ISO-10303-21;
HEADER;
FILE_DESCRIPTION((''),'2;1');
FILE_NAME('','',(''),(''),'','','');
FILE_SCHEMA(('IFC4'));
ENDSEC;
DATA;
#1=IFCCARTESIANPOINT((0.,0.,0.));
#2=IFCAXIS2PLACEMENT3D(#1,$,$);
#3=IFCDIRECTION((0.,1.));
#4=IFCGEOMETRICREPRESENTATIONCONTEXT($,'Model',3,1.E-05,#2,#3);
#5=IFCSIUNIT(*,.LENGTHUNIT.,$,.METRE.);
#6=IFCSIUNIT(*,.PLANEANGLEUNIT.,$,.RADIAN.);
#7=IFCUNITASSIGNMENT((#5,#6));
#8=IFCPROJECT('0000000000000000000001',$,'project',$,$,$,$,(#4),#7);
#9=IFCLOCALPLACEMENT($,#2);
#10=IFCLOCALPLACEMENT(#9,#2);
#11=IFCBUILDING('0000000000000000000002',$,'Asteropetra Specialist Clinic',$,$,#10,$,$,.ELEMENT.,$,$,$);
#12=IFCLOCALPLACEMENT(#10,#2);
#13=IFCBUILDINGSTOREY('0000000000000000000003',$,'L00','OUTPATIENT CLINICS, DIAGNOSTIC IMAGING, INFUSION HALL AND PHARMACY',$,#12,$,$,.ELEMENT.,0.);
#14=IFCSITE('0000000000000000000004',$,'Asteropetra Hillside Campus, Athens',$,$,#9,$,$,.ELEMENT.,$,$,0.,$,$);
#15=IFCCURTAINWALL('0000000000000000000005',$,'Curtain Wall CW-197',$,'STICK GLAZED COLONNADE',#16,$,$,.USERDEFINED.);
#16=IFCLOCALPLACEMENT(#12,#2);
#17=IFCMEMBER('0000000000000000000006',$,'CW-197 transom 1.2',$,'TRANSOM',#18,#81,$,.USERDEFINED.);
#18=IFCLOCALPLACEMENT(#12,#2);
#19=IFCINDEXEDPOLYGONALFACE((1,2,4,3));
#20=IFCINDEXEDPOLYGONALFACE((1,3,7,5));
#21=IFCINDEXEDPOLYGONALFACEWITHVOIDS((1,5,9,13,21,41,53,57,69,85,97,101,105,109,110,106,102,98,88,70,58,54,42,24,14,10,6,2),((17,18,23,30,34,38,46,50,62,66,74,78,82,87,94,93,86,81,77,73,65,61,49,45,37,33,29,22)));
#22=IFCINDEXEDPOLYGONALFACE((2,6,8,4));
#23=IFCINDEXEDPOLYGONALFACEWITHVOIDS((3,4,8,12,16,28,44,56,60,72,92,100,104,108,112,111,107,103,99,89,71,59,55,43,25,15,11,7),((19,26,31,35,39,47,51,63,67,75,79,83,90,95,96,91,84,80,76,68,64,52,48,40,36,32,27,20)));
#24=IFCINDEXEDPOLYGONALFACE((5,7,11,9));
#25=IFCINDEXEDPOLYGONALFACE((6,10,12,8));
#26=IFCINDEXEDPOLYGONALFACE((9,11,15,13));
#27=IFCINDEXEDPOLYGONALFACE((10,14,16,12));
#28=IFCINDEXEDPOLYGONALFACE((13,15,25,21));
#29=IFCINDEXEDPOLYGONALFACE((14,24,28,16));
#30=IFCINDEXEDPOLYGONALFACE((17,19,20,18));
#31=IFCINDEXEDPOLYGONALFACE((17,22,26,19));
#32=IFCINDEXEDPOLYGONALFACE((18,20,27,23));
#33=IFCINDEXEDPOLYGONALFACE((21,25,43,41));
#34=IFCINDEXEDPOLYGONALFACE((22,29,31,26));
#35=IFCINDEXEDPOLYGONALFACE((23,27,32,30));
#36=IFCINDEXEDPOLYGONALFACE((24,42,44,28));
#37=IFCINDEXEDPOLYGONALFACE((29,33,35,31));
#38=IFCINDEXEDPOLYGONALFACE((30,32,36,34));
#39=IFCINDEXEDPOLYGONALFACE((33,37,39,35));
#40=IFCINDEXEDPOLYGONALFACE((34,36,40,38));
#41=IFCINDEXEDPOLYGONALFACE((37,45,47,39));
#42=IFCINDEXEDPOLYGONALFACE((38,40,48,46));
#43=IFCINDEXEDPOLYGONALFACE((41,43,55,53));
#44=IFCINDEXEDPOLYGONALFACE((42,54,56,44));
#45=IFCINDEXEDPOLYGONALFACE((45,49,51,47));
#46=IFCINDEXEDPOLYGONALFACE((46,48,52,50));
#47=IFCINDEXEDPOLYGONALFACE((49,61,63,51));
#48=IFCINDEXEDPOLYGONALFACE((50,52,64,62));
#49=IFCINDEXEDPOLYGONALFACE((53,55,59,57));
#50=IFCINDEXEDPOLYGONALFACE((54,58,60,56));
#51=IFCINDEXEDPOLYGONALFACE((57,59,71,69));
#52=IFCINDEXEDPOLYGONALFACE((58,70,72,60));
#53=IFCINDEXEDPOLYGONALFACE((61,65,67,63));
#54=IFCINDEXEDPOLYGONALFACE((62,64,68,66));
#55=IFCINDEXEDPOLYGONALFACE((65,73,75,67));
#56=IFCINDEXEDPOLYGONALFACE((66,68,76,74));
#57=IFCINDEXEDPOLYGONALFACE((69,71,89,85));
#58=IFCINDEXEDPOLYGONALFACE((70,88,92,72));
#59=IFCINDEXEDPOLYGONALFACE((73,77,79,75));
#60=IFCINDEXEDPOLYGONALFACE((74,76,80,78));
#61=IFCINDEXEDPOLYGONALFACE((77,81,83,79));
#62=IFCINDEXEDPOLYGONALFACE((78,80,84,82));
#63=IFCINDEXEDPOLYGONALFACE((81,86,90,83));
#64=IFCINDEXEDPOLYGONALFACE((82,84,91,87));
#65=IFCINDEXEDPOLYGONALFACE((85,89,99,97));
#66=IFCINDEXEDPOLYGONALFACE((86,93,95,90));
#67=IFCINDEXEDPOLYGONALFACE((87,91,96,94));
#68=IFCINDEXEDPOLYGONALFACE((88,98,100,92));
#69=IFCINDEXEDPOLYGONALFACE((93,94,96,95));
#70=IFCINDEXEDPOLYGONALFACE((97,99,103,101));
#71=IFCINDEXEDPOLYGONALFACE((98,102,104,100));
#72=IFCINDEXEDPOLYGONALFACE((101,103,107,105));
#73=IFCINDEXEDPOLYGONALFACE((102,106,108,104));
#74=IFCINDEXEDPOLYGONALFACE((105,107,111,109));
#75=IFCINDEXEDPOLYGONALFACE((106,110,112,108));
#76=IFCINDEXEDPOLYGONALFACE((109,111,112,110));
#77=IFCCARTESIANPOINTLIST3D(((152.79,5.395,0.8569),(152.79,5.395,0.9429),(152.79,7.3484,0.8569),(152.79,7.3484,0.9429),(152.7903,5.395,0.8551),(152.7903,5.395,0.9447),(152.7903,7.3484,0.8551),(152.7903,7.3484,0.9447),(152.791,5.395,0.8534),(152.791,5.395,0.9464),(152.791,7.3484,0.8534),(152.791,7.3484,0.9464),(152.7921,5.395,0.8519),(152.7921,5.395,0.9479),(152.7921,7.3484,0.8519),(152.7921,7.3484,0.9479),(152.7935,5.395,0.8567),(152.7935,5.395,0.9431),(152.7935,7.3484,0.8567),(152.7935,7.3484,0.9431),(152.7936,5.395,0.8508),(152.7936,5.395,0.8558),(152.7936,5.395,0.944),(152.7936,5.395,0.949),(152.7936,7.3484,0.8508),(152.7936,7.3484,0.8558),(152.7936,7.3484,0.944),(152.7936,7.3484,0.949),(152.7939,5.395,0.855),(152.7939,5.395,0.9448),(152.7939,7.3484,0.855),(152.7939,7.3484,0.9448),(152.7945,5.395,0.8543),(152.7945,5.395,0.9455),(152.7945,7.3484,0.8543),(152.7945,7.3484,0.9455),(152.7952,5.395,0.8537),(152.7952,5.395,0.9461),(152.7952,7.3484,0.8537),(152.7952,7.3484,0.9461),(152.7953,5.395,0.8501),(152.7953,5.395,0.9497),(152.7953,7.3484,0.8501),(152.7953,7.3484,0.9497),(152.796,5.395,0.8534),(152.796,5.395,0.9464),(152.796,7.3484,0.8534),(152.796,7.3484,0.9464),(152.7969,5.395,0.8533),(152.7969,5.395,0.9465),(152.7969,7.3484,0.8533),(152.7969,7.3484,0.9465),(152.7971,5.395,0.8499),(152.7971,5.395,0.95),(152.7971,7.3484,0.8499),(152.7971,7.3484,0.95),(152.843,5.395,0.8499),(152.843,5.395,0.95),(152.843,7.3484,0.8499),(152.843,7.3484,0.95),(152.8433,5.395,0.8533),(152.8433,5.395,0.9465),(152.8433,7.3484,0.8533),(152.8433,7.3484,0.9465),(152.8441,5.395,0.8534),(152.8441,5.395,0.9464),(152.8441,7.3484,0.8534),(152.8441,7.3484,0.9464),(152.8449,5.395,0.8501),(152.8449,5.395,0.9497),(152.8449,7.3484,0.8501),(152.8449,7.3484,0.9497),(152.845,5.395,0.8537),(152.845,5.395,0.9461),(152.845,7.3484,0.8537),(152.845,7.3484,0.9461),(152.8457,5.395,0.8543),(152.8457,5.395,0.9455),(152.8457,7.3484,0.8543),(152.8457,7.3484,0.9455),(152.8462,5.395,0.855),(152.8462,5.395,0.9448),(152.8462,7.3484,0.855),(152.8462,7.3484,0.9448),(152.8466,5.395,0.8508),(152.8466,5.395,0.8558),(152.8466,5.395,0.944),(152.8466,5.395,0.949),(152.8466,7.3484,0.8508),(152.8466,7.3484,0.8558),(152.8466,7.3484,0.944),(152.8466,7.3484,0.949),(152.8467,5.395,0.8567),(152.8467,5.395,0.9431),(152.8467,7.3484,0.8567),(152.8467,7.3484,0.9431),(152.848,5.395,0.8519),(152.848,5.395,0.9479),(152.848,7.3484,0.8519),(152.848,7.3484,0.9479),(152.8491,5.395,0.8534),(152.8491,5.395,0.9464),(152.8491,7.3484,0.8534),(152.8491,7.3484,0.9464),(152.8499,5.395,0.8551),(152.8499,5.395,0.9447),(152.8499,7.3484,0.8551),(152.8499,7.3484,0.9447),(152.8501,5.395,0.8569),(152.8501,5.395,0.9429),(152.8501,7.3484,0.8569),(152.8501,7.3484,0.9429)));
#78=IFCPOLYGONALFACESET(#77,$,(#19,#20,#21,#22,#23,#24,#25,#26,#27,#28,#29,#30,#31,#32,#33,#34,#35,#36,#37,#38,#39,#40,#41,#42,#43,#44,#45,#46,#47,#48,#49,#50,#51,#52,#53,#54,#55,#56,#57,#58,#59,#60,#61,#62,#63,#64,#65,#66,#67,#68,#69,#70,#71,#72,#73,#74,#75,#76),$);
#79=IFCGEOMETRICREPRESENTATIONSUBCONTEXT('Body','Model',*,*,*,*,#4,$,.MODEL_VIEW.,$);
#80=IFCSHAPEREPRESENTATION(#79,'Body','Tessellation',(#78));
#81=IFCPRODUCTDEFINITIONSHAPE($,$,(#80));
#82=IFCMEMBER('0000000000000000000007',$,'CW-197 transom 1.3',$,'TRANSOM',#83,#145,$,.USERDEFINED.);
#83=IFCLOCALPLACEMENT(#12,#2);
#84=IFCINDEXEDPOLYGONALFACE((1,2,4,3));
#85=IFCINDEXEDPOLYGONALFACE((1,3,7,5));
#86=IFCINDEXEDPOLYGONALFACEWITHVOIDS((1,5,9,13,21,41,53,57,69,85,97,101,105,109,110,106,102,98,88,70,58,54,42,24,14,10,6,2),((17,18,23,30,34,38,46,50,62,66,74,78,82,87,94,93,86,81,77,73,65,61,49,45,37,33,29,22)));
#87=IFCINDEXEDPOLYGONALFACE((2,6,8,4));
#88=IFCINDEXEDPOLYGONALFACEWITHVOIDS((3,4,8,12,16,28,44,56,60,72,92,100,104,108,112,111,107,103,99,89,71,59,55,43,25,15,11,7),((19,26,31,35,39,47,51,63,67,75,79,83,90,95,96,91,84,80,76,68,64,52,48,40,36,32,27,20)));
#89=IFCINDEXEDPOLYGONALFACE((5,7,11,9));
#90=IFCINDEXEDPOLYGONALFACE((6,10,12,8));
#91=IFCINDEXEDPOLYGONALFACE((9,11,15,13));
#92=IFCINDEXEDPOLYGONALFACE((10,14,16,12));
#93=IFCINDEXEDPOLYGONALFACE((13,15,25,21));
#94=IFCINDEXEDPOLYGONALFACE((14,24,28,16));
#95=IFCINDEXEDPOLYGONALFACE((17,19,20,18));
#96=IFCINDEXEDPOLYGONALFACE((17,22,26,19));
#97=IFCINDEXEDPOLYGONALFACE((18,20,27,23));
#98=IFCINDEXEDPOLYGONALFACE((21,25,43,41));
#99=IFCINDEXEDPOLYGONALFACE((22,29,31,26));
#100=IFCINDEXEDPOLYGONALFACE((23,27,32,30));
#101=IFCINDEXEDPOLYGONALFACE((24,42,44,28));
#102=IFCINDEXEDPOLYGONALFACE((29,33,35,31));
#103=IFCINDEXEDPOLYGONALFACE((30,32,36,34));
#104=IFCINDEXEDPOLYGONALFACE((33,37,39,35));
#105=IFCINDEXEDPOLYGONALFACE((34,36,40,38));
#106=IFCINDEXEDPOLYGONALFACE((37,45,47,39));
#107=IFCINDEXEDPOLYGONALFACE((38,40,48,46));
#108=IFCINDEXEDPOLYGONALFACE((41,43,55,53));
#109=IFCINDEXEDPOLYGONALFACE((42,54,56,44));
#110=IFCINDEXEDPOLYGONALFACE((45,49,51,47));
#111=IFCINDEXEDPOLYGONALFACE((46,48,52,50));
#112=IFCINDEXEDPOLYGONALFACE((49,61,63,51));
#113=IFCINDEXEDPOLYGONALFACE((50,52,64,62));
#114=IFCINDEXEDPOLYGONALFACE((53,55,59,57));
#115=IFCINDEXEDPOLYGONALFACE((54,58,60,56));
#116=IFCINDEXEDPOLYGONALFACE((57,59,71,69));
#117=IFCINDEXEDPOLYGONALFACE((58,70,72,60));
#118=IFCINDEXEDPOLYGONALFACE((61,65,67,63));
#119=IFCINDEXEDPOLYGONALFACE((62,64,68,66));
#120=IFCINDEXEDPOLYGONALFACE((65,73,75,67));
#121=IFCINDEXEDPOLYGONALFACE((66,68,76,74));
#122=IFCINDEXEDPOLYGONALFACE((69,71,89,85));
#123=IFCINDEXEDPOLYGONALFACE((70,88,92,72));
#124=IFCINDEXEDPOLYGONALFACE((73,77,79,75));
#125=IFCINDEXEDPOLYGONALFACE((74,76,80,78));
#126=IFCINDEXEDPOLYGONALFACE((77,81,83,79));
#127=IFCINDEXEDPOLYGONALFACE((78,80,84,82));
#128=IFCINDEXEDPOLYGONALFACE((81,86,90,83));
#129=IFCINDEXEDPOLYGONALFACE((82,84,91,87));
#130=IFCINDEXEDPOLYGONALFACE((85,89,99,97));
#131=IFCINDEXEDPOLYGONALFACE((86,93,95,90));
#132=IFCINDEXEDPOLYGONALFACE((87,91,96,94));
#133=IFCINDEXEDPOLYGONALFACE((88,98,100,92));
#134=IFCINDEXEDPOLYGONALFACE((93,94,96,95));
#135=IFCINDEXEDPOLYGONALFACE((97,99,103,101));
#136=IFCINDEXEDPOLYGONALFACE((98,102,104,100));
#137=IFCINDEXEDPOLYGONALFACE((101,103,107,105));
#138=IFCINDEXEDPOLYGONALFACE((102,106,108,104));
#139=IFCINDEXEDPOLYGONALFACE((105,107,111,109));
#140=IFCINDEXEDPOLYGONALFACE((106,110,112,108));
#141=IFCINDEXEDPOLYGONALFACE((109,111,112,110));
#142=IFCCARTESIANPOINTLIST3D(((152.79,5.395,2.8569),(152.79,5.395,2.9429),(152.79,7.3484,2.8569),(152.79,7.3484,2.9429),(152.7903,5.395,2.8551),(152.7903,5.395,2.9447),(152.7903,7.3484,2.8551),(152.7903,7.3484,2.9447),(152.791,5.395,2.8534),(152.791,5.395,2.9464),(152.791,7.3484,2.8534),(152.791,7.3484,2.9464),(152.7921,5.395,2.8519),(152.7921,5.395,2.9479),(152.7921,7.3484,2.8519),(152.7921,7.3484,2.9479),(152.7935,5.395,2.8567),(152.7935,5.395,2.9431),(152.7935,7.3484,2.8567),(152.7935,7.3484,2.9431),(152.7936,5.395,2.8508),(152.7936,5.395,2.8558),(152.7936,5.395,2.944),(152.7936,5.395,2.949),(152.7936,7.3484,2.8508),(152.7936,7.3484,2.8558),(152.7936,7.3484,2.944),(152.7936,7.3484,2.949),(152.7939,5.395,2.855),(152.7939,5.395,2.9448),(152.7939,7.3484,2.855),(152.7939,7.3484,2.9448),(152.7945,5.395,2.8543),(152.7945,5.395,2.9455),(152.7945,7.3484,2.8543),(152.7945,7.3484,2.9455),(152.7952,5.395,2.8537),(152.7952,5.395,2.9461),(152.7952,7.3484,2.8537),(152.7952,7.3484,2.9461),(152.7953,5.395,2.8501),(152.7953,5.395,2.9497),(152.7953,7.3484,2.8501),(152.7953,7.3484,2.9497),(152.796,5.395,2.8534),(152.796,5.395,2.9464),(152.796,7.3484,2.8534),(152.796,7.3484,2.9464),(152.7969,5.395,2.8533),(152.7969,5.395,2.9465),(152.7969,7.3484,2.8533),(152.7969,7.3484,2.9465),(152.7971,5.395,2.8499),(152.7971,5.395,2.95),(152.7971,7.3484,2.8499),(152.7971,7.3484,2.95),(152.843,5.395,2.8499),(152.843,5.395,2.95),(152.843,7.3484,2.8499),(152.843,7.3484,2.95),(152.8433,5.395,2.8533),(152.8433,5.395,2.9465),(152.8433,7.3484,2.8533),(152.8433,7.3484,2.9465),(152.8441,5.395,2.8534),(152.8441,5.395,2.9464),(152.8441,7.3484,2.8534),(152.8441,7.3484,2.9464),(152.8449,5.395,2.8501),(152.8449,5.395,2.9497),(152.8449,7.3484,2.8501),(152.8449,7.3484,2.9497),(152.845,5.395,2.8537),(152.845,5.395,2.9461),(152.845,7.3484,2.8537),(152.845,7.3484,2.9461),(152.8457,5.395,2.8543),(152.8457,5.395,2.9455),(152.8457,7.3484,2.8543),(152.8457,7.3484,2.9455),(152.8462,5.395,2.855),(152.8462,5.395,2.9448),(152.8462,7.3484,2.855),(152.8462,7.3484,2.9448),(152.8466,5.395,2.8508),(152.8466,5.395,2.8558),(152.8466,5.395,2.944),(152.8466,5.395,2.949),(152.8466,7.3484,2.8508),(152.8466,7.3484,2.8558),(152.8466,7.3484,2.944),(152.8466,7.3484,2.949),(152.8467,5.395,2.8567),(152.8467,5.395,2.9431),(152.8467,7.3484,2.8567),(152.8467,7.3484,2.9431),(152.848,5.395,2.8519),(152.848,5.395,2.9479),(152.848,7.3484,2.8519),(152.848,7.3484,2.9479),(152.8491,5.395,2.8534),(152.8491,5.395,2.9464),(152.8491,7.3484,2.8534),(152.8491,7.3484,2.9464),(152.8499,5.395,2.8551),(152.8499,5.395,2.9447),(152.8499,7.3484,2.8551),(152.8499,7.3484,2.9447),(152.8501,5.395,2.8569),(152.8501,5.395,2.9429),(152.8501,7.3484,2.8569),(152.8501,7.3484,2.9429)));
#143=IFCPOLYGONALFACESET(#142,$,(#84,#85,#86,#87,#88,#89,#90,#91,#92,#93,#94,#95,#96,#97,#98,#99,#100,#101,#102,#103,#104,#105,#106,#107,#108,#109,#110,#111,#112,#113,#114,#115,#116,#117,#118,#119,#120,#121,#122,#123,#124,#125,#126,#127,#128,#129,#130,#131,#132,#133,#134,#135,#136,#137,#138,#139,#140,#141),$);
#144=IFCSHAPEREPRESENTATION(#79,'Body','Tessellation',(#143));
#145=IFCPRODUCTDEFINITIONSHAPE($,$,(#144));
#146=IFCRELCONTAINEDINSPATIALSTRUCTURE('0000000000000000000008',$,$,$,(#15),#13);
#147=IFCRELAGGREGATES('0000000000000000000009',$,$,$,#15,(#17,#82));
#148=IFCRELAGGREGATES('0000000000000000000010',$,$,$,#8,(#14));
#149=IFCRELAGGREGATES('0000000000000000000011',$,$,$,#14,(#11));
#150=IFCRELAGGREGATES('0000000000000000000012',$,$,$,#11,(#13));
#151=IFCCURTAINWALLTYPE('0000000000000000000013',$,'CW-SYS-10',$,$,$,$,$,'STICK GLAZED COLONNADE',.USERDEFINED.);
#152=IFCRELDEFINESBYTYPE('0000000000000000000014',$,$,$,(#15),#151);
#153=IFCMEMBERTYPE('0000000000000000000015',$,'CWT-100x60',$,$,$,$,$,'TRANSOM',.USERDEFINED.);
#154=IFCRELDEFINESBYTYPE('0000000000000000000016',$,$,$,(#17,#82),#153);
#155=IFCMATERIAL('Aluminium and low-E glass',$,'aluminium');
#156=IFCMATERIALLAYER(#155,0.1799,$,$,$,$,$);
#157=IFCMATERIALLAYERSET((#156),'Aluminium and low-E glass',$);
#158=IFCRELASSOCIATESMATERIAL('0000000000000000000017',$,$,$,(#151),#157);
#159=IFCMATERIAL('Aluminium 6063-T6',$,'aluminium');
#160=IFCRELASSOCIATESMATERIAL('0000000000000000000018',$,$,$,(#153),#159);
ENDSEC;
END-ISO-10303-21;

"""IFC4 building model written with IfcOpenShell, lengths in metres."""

from ifc_helpers import new_model, si_unit, direction, frame, origin, origin_2d, place, context, subcontext, project, spatial, hollow_rectangle, extrude, material, layer, layer_set, material_profile, profile_set, type_object, element, aggregate, save


model = new_model("IFC4")

# Units and contexts
model_context = context("Model", 3, precision=1e-05, world=origin(), true_north=direction((0.0, 1.0)))
body_context = subcontext(model_context, "Body", "Model", "MODEL_VIEW")
ifc_project = project(units=[si_unit("LENGTHUNIT", "METRE"), si_unit("PLANEANGLEUNIT", "RADIAN")], contexts=[model_context])

# Site, building, storey
site_placement = place(None, origin())
site = spatial("IfcSite", under=ifc_project, at=site_placement, Name="Asteropetra Hillside Campus, Athens", CompositionType="ELEMENT", RefElevation=0.0)
building_placement = place(site_placement, origin())
building = spatial("IfcBuilding", under=site, at=building_placement, Name="Asteropetra Specialist Clinic", CompositionType="ELEMENT")
storey_placement = place(building_placement, origin())
storey = spatial("IfcBuildingStorey", under=building, at=storey_placement, Name="L00", Description="OUTPATIENT CLINICS, DIAGNOSTIC IMAGING, INFUSION HALL AND PHARMACY", CompositionType="ELEMENT", Elevation=0.0)

# Curtain wall, members
ifc_material_1 = material(Name="Aluminium and low-E glass", Category="aluminium")
ifc_layer = layer(ifc_material_1, 0.1799)
ifc_layer_set = layer_set([ifc_layer], Name="Aluminium and low-E glass")
curtain_wall_type = type_object("IfcCurtainWallType", Name="CW-SYS-10", ElementType="STICK GLAZED COLONNADE", PredefinedType="USERDEFINED", material=ifc_layer_set)
curtain_wall_placement = place(storey_placement, origin())
curtain_wall = element("IfcCurtainWall", 1, at=curtain_wall_placement, inside=storey, type_object=curtain_wall_type, Name="Curtain Wall CW-197", ObjectType="STICK GLAZED COLONNADE", PredefinedType="USERDEFINED")
ifc_material_2 = material(Name="Aluminium 6063-T6", Category="aluminium")
ifc_material_profile_1 = material_profile(ifc_material_2, hollow_rectangle(XDim=0.0601, YDim=0.1001, WallThickness=0.0034, InnerFilletRadius=0.0034, OuterFilletRadius=0.0071, at=origin_2d()), Name="TRN 100x60x3.5")
ifc_profile_set_1 = profile_set([ifc_material_profile_1], Name="Aluminium 6063-T6")
member_type_1 = type_object("IfcMemberType", Name="CWT-100x60", ElementType="TRANSOM", PredefinedType="USERDEFINED", material=ifc_profile_set_1)
member_1_placement = place(storey_placement, frame((152.8201, 5.395, 0.8999), z_axis=(0.0, 1.0, 0.0), x_axis=(-1.0, 0.0, 0.0)))
member_1 = element("IfcMember", 2, at=member_1_placement, type_object=member_type_1, Name="CW-197 transom 1.2", ObjectType="TRANSOM", PredefinedType="USERDEFINED", context=body_context, shape_type="SweptSolid", body=[
    extrude(hollow_rectangle(XDim=0.0601, YDim=0.1001, WallThickness=0.0034, InnerFilletRadius=0.0034, OuterFilletRadius=0.0071, at=origin_2d()), origin(), (0.0, 0.0, 1.0), 1.9534),
])
member_2_placement = place(storey_placement, frame((152.8201, 5.395, 2.8999), z_axis=(0.0, 1.0, 0.0), x_axis=(-1.0, 0.0, 0.0)))
member_2 = element("IfcMember", 3, at=member_2_placement, type_object=member_type_1, Name="CW-197 transom 1.3", ObjectType="TRANSOM", PredefinedType="USERDEFINED", context=body_context, shape_type="SweptSolid", body=[
    extrude(hollow_rectangle(XDim=0.0601, YDim=0.1001, WallThickness=0.0034, InnerFilletRadius=0.0034, OuterFilletRadius=0.0071, at=origin_2d()), origin(), (0.0, 0.0, 1.0), 1.9534),
])
aggregate(curtain_wall, [member_1, member_2])

save(model, "model.ifc")
